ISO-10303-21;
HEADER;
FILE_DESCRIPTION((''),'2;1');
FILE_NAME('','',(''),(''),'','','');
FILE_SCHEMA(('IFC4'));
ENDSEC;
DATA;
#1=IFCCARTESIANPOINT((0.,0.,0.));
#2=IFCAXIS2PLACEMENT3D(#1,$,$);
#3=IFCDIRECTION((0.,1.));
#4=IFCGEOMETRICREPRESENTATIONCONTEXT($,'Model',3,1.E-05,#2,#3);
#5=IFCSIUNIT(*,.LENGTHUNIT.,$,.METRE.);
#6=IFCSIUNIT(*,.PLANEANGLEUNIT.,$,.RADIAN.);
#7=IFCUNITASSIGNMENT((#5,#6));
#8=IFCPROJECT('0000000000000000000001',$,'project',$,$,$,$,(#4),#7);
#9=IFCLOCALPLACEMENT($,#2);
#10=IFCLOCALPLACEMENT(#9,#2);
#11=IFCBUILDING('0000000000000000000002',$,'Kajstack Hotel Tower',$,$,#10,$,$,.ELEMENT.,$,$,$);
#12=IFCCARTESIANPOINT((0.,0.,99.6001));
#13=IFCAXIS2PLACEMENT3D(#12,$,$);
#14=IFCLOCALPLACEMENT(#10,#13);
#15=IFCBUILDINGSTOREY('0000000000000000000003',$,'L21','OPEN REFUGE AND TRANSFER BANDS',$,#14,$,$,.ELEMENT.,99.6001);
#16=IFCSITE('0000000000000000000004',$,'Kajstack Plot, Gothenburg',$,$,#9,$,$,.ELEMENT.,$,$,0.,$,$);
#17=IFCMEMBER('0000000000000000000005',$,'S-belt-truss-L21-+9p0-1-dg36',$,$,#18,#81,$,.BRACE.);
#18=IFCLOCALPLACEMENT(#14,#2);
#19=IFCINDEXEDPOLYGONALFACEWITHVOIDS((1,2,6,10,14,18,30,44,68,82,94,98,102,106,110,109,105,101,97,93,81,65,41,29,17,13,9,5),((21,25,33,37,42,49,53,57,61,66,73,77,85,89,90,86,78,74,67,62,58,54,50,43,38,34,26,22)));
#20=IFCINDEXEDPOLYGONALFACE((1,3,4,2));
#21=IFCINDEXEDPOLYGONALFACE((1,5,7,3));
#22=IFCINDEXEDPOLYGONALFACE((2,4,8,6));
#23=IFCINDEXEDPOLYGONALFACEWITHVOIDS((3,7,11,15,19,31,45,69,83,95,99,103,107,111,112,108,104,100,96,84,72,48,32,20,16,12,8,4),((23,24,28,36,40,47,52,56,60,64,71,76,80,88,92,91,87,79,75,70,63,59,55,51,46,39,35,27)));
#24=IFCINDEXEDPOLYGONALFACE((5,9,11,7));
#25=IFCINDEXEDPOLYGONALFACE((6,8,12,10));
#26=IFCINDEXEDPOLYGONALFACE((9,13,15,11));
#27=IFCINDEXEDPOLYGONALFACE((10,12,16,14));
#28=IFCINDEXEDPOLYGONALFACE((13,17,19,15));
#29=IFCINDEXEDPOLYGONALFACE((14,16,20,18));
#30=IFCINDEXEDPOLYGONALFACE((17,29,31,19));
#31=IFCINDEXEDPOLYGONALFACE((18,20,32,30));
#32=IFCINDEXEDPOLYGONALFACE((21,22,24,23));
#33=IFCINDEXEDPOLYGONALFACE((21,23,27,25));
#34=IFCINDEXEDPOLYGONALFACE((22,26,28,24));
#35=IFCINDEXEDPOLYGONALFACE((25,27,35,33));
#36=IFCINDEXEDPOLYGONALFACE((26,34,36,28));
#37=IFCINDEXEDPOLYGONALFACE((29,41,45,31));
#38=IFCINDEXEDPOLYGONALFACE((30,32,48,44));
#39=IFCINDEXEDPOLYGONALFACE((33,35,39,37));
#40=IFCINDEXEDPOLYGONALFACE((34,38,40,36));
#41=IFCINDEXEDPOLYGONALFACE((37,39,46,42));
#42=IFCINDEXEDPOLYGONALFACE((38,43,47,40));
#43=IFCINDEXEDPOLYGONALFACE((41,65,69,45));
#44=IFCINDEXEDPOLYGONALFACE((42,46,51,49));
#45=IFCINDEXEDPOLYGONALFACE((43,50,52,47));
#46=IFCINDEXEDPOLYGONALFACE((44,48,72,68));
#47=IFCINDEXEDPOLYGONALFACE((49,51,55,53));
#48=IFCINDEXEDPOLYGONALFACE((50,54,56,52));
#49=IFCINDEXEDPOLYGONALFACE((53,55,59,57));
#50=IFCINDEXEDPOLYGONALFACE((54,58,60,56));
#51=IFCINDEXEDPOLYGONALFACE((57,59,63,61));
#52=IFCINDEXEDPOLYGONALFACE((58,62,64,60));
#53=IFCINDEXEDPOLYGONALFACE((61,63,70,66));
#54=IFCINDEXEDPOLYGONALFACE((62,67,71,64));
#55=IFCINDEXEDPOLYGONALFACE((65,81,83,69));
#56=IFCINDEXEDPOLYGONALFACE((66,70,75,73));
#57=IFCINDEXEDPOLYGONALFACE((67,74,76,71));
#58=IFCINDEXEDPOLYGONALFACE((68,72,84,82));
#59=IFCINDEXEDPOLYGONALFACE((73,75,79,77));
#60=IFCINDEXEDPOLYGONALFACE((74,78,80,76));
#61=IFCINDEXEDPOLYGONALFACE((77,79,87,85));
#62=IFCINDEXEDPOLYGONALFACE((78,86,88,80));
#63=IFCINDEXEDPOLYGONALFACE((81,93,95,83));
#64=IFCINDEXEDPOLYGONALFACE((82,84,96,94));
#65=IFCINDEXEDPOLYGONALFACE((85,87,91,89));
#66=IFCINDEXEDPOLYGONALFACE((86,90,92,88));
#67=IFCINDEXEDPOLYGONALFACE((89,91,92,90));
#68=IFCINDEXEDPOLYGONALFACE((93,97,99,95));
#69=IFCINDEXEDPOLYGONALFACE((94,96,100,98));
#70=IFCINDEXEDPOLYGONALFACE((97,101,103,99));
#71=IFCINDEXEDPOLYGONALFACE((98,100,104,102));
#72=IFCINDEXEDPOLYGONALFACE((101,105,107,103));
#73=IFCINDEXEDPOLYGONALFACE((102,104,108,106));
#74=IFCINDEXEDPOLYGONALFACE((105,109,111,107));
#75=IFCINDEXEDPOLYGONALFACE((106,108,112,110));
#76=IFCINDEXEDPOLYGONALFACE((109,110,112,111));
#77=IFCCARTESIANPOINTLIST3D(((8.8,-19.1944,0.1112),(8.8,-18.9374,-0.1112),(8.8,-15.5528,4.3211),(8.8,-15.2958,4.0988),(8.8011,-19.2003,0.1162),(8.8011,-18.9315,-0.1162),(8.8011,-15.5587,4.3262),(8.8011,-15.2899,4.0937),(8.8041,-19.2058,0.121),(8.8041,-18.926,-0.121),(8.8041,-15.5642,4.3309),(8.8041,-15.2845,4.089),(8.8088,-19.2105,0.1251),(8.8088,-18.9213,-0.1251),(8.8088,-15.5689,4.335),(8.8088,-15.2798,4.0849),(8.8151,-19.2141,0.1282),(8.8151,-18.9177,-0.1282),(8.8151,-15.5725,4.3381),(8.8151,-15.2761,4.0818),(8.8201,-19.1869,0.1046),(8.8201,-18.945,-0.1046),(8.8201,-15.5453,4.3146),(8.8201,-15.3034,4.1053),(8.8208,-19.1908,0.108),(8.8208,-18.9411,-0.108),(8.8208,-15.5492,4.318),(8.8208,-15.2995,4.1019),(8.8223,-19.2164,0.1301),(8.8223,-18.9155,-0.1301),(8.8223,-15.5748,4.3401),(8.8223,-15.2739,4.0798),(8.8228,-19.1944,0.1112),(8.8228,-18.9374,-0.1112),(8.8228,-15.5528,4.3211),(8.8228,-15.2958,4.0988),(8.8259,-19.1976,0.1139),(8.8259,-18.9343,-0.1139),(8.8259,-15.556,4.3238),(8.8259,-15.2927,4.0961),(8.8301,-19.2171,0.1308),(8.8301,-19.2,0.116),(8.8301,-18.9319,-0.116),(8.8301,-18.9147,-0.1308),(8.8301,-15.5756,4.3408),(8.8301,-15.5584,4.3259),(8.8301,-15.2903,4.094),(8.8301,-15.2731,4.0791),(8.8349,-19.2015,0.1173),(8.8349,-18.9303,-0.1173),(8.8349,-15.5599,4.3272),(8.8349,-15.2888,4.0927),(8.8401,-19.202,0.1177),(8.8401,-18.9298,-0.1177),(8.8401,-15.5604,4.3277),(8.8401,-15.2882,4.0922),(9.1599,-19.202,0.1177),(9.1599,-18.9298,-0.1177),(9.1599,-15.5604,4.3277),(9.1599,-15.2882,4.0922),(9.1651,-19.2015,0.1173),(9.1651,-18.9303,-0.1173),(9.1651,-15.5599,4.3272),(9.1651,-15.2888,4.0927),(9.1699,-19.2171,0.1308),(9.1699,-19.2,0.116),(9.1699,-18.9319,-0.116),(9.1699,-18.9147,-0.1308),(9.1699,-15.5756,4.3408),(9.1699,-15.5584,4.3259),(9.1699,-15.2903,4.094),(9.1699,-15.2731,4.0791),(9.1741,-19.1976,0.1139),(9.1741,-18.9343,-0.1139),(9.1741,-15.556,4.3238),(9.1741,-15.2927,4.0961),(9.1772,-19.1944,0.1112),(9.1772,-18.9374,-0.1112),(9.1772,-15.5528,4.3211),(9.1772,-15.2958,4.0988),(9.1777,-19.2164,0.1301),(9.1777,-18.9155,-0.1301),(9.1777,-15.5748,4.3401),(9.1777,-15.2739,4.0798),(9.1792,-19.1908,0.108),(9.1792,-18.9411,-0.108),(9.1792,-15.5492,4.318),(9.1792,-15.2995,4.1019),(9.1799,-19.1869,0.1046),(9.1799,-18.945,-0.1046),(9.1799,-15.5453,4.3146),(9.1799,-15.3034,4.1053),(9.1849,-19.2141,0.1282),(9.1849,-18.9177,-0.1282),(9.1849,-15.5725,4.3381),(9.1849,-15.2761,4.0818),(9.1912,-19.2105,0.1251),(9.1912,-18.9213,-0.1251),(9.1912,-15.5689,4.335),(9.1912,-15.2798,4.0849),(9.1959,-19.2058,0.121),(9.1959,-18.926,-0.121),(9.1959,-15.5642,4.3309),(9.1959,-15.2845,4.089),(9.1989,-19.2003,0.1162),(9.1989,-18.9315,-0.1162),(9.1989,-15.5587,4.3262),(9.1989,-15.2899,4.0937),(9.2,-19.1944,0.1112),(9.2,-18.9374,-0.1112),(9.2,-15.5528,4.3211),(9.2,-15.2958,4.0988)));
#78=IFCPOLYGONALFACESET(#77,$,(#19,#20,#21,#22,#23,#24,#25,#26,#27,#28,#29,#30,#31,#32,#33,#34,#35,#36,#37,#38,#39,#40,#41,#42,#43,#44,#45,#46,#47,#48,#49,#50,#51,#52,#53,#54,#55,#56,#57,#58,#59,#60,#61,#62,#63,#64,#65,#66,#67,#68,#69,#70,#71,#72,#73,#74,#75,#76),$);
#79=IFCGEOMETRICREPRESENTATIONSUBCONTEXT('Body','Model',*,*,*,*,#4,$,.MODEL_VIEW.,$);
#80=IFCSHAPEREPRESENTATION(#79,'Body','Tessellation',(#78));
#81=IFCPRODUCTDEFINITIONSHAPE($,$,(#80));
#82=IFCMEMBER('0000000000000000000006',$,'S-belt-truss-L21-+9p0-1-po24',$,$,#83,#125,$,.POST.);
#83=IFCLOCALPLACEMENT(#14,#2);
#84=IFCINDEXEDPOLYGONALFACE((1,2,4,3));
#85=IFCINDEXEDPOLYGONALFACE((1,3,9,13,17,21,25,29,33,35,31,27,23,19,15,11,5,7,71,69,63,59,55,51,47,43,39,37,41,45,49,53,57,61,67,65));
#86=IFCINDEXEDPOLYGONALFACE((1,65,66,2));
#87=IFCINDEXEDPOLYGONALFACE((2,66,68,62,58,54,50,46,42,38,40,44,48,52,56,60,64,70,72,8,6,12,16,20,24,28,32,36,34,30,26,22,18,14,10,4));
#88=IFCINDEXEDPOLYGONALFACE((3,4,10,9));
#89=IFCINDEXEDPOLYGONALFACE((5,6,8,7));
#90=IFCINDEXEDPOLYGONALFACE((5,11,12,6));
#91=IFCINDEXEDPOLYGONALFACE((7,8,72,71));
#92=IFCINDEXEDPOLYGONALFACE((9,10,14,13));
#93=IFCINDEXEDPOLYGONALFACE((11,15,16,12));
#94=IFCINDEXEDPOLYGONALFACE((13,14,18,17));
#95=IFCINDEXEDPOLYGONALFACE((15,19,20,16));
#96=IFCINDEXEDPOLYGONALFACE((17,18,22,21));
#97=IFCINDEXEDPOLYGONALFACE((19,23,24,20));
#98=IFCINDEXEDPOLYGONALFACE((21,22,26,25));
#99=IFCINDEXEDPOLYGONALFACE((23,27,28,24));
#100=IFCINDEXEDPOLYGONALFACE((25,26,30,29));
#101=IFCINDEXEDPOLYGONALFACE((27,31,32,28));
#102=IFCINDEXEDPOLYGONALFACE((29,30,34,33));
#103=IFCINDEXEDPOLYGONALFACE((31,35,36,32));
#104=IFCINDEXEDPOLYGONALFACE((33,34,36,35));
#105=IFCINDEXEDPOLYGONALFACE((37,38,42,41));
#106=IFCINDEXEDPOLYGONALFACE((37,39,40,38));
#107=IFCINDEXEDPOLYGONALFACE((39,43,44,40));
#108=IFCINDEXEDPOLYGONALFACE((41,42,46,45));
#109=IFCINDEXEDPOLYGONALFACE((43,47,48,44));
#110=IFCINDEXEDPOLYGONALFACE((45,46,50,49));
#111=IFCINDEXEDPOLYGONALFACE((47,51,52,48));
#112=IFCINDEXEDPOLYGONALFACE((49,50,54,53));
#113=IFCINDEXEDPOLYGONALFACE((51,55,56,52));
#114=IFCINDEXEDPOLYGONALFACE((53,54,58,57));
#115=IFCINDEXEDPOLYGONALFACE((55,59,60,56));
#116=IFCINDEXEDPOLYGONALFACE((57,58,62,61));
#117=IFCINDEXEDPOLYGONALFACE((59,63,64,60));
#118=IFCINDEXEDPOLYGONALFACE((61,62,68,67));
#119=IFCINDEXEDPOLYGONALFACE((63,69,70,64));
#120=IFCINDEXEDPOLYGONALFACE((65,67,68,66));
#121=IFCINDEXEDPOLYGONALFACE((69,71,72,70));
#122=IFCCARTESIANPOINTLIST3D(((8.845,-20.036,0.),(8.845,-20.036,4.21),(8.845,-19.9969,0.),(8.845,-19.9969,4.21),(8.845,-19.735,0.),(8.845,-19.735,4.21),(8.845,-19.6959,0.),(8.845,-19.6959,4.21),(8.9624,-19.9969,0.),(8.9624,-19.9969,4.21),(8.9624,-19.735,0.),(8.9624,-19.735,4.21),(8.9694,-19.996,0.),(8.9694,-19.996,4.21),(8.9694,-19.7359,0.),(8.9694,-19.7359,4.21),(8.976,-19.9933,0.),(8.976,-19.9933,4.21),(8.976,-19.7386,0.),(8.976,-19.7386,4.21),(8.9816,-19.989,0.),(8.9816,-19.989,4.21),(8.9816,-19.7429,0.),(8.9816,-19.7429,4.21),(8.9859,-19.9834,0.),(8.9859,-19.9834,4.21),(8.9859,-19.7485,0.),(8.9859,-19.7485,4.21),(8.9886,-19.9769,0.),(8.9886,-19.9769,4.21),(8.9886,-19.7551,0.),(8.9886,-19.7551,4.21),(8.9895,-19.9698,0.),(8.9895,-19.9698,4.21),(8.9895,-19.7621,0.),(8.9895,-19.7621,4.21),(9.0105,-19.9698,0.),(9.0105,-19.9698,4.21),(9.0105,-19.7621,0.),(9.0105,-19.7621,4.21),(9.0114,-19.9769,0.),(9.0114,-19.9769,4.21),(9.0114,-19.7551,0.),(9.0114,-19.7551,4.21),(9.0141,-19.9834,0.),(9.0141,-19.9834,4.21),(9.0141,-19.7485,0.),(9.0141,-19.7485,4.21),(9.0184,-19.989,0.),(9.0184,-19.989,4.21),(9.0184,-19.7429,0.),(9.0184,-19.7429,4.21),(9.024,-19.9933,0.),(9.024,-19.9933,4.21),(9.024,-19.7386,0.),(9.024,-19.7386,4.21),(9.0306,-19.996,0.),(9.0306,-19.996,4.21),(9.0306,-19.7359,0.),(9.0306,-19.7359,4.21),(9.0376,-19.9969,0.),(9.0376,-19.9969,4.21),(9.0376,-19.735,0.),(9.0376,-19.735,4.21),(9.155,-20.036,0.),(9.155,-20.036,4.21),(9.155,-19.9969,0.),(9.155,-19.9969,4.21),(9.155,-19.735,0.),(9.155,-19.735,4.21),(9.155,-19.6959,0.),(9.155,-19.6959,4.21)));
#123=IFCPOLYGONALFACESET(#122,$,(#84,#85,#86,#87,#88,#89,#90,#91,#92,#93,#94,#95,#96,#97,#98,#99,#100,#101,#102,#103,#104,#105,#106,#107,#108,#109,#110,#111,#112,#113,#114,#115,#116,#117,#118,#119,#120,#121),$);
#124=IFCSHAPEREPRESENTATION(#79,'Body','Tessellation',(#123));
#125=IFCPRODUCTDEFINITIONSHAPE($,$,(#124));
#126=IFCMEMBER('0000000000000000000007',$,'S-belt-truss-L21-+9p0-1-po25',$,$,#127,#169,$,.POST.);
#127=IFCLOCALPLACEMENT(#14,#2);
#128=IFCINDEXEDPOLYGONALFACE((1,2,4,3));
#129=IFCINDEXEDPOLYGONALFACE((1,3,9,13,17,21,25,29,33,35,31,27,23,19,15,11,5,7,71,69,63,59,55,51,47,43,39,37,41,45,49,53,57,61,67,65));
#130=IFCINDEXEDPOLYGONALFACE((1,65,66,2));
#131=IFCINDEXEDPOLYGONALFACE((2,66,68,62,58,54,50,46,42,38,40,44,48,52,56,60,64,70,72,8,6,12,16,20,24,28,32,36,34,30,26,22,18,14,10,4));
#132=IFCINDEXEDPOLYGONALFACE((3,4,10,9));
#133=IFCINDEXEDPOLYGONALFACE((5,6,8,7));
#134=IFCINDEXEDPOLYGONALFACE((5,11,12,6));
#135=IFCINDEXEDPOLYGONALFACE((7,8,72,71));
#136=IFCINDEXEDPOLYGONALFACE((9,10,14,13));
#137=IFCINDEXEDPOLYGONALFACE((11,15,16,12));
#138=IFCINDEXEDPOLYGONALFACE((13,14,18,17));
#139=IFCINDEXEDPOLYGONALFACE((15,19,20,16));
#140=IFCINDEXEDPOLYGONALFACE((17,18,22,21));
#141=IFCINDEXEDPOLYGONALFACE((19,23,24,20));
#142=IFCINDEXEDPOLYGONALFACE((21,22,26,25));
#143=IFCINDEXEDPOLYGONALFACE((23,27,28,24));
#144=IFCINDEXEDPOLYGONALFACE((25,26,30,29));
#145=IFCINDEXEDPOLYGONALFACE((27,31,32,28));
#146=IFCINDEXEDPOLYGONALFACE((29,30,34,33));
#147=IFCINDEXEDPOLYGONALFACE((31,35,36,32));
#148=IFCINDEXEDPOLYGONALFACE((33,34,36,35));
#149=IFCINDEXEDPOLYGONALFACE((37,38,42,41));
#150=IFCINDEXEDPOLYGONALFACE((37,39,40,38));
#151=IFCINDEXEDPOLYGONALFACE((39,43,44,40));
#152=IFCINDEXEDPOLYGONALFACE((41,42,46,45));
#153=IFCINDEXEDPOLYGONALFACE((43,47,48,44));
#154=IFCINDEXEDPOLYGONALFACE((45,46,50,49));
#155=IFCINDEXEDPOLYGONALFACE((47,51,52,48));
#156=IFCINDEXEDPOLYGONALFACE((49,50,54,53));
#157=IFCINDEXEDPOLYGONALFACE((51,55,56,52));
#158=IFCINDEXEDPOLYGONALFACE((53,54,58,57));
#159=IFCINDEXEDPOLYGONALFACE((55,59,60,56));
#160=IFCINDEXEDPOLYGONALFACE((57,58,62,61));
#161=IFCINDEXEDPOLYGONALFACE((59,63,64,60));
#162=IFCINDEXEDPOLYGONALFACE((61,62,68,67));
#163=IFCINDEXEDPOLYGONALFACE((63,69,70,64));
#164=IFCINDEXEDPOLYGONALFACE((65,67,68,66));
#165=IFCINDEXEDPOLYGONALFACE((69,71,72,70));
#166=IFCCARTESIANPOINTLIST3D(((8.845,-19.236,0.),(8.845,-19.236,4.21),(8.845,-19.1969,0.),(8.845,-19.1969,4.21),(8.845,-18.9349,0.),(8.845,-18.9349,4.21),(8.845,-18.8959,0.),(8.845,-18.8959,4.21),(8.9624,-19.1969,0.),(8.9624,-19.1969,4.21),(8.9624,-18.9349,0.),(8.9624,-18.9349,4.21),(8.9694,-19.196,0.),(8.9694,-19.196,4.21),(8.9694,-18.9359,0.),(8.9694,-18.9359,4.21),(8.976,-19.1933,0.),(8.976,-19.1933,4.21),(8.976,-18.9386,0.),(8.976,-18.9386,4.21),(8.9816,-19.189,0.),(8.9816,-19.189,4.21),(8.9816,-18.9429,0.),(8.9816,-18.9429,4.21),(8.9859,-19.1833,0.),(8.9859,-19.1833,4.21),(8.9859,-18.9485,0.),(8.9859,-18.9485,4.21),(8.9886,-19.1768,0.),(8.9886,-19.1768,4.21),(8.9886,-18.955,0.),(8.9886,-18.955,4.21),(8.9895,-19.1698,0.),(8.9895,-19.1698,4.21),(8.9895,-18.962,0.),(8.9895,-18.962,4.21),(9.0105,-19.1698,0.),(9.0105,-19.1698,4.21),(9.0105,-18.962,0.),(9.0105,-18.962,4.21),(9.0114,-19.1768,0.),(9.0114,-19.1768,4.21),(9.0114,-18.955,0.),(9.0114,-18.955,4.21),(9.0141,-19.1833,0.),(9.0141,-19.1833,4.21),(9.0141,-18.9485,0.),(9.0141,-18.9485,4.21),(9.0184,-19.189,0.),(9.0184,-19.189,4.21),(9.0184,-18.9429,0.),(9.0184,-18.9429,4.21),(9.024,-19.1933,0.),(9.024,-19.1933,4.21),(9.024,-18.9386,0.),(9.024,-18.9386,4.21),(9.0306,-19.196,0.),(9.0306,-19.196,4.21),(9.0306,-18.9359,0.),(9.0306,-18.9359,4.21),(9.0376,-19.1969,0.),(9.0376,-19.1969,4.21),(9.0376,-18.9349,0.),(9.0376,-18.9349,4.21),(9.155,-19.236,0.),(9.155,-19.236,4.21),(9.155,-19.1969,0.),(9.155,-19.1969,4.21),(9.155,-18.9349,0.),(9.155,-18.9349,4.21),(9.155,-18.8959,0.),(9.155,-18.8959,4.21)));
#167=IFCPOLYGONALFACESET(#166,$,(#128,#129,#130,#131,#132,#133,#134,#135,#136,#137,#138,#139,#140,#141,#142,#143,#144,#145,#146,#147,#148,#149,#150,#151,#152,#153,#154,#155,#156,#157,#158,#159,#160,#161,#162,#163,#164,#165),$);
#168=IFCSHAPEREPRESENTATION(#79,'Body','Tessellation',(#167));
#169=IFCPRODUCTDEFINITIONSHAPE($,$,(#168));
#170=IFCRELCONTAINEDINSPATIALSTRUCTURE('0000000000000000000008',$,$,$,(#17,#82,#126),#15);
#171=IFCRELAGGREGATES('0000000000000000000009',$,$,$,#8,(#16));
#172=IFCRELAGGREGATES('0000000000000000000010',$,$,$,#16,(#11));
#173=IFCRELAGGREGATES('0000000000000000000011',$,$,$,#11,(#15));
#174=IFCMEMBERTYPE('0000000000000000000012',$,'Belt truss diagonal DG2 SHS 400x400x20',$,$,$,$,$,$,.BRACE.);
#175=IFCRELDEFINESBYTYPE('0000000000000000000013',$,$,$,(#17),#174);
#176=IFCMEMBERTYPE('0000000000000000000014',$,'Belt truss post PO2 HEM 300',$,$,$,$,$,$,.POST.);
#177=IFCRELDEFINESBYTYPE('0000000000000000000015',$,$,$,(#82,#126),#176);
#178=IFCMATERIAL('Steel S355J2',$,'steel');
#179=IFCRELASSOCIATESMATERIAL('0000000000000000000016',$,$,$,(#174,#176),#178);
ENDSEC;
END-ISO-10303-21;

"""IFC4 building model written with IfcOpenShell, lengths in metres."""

from ifc_helpers import new_model, si_unit, direction, frame, origin, origin_2d, place, context, subcontext, project, spatial, hollow_rectangle, i_section, extrude, material, material_profile, profile_set, type_object, element, save


model = new_model("IFC4")

# Units and contexts
model_context = context("Model", 3, precision=1e-05, world=origin(), true_north=direction((0.0, 1.0)))
body_context = subcontext(model_context, "Body", "Model", "MODEL_VIEW")
ifc_project = project(units=[si_unit("LENGTHUNIT", "METRE"), si_unit("PLANEANGLEUNIT", "RADIAN")], contexts=[model_context])

# Site, building, storey
site_placement = place(None, origin())
site = spatial("IfcSite", under=ifc_project, at=site_placement, Name="Kajstack Plot, Gothenburg", CompositionType="ELEMENT", RefElevation=0.0)
building_placement = place(site_placement, origin())
building = spatial("IfcBuilding", under=site, at=building_placement, Name="Kajstack Hotel Tower", CompositionType="ELEMENT")
storey_placement = place(building_placement, frame((0.0, 0.0, 99.6001)))
storey = spatial("IfcBuildingStorey", under=building, at=storey_placement, Name="L21", Description="OPEN REFUGE AND TRANSFER BANDS", CompositionType="ELEMENT", Elevation=99.6001)

# Members
ifc_material = material(Name="Steel S355J2", Category="steel")
ifc_material_profile_1 = material_profile(ifc_material, hollow_rectangle(XDim=0.3999, YDim=0.3999, WallThickness=0.02, InnerFilletRadius=0.02, OuterFilletRadius=0.03, at=origin_2d()), Name="SHS 400x400x20")
ifc_profile_set_1 = profile_set([ifc_material_profile_1], Name="Steel S355J2")
member_type_1 = type_object("IfcMemberType", Name="Belt truss diagonal DG2 SHS 400x400x20", PredefinedType="BRACE", material=ifc_profile_set_1)
member_1_placement = place(storey_placement, frame((9.0, -19.0659, 0.0), z_axis=(0.0, 0.654209, 0.756314), x_axis=(-1.0, 0.0, 0.0)))
element("IfcMember", 1, at=member_1_placement, inside=storey, type_object=member_type_1, Name="S-belt-truss-L21-+9p0-1-dg36", PredefinedType="BRACE", context=body_context, shape_type="SweptSolid", body=[
    extrude(hollow_rectangle(XDim=0.3999, YDim=0.3999, WallThickness=0.02, InnerFilletRadius=0.02, OuterFilletRadius=0.03, at=origin_2d()), origin(), (0.0, 0.0, 1.0), 5.5664),
])
ifc_material_profile_2 = material_profile(ifc_material, i_section(OverallWidth=0.3101, OverallDepth=0.3401, WebThickness=0.021, FlangeThickness=0.0391, FilletRadius=0.0271, at=origin_2d()), Name="HEM 300")
ifc_profile_set_2 = profile_set([ifc_material_profile_2], Name="Steel S355J2")
member_type_2 = type_object("IfcMemberType", Name="Belt truss post PO2 HEM 300", PredefinedType="POST", material=ifc_profile_set_2)
for number, where, z_axis, x_axis, name in (
    (2, (9.0, -19.866, 0.0), (0.0, 0.0, 1.0), (1.0, 0.0, 0.0), "S-belt-truss-L21-+9p0-1-po24"),
    (3, (9.0, -19.0659, 0.0), (0.0, 0.0, 1.0), (1.0, 0.0, 0.0), "S-belt-truss-L21-+9p0-1-po25"),
):
    element("IfcMember", number, at=place(storey_placement, frame(where, z_axis=z_axis, x_axis=x_axis)), inside=storey, type_object=member_type_2, Name=name, PredefinedType="POST", context=body_context, shape_type="SweptSolid", body=[
        extrude(i_section(OverallWidth=0.3101, OverallDepth=0.3401, WebThickness=0.021, FlangeThickness=0.0391, FilletRadius=0.0271, at=origin_2d()), origin(), (0.0, 0.0, 1.0), 4.21),
    ])

save(model, "model.ifc")
